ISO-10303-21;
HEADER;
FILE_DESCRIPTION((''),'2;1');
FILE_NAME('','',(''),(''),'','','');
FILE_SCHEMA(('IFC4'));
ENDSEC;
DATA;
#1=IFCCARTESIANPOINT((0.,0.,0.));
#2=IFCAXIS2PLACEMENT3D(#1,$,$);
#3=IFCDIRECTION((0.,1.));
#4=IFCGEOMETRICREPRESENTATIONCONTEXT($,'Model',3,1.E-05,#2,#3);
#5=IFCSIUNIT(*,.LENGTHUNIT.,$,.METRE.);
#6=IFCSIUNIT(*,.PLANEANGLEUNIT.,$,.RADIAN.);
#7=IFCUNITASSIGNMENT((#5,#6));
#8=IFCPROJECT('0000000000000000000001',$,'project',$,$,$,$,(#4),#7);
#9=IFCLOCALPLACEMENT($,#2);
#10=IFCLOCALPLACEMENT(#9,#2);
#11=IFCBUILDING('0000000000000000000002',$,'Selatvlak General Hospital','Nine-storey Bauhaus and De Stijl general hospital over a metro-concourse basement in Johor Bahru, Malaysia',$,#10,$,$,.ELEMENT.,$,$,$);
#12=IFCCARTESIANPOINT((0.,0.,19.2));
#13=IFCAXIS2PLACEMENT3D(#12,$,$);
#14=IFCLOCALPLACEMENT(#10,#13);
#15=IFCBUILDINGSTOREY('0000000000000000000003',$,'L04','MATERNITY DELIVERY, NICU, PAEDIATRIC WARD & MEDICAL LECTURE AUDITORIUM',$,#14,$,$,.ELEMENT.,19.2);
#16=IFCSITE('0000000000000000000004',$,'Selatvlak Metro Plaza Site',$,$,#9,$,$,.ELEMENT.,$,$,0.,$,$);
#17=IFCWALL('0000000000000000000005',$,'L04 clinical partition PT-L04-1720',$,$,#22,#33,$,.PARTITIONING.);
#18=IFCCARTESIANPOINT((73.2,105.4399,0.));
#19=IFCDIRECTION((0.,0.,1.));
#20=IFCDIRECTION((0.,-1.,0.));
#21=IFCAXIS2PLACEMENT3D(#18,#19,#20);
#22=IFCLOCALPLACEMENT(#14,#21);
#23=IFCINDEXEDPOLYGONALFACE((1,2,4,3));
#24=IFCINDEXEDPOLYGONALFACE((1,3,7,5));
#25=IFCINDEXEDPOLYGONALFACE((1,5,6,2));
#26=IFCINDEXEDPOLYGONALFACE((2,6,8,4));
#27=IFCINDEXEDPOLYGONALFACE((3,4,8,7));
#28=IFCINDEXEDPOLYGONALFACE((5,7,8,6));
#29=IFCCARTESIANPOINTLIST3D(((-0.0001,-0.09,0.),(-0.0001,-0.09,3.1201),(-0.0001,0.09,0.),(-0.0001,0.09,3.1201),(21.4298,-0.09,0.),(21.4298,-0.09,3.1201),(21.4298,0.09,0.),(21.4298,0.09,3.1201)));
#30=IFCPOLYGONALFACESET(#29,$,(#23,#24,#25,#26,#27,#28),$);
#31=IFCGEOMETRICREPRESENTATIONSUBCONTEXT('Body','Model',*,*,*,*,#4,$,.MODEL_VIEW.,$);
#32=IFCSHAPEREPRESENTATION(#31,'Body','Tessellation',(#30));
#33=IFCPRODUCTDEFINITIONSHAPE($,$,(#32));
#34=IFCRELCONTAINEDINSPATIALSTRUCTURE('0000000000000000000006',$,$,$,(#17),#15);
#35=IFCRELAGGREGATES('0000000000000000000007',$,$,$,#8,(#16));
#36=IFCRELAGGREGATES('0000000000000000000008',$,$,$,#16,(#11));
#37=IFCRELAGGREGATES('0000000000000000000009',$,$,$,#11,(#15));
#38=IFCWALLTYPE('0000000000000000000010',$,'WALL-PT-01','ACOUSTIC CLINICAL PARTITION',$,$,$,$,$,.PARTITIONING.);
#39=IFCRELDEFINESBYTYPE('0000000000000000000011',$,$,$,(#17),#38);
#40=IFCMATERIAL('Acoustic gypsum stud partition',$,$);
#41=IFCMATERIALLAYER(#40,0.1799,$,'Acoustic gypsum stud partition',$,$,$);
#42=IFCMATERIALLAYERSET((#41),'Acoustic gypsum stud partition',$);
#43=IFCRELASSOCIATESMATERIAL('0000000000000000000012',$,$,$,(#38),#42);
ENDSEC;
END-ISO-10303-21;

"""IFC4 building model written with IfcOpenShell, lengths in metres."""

from ifc_helpers import new_model, si_unit, direction, frame, frame_2d, origin, place, context, subcontext, project, spatial, rectangle, extrude, material, layer, layer_set, type_object, element, save


model = new_model("IFC4")

# Units and contexts
model_context = context("Model", 3, precision=1e-05, world=origin(), true_north=direction((0.0, 1.0)))
body_context = subcontext(model_context, "Body", "Model", "MODEL_VIEW")
ifc_project = project(units=[si_unit("LENGTHUNIT", "METRE"), si_unit("PLANEANGLEUNIT", "RADIAN")], contexts=[model_context])

# Site, building, storey
site_placement = place(None, origin())
site = spatial("IfcSite", under=ifc_project, at=site_placement, Name="Selatvlak Metro Plaza Site", CompositionType="ELEMENT", RefElevation=0.0)
building_placement = place(site_placement, origin())
building = spatial("IfcBuilding", under=site, at=building_placement, Name="Selatvlak General Hospital", Description="Nine-storey Bauhaus and De Stijl general hospital over a metro-concourse basement in Johor Bahru, Malaysia", CompositionType="ELEMENT")
storey_placement = place(building_placement, frame((0.0, 0.0, 19.2)))
storey = spatial("IfcBuildingStorey", under=building, at=storey_placement, Name="L04", Description="MATERNITY DELIVERY, NICU, PAEDIATRIC WARD & MEDICAL LECTURE AUDITORIUM", CompositionType="ELEMENT", Elevation=19.2)

# Shared definitions
ifc_material_1 = material(Name="Acoustic gypsum stud partition")
ifc_layer_1 = layer(ifc_material_1, 0.1799, Name="Acoustic gypsum stud partition")
ifc_layer_set_1 = layer_set([ifc_layer_1], Name="Acoustic gypsum stud partition")
wall_type_1 = type_object("IfcWallType", Name="WALL-PT-01", Description="ACOUSTIC CLINICAL PARTITION", PredefinedType="PARTITIONING", material=ifc_layer_set_1)

# Wall
wall_1_placement = place(storey_placement, frame((73.2, 105.4399, 0.0), z_axis=(0.0, 0.0, 1.0), x_axis=(0.0, -1.0, 0.0)))
element("IfcWall", 1, at=wall_1_placement, inside=storey, type_object=wall_type_1, Name="L04 clinical partition PT-L04-1720", PredefinedType="PARTITIONING", context=body_context, shape_type="SweptSolid", body=[
    extrude(rectangle(XDim=21.4299, YDim=0.1799, at=frame_2d((10.7148, 0.0))), origin(), (0.0, 0.0, 1.0), 3.1201),
])

save(model, "model.ifc")
